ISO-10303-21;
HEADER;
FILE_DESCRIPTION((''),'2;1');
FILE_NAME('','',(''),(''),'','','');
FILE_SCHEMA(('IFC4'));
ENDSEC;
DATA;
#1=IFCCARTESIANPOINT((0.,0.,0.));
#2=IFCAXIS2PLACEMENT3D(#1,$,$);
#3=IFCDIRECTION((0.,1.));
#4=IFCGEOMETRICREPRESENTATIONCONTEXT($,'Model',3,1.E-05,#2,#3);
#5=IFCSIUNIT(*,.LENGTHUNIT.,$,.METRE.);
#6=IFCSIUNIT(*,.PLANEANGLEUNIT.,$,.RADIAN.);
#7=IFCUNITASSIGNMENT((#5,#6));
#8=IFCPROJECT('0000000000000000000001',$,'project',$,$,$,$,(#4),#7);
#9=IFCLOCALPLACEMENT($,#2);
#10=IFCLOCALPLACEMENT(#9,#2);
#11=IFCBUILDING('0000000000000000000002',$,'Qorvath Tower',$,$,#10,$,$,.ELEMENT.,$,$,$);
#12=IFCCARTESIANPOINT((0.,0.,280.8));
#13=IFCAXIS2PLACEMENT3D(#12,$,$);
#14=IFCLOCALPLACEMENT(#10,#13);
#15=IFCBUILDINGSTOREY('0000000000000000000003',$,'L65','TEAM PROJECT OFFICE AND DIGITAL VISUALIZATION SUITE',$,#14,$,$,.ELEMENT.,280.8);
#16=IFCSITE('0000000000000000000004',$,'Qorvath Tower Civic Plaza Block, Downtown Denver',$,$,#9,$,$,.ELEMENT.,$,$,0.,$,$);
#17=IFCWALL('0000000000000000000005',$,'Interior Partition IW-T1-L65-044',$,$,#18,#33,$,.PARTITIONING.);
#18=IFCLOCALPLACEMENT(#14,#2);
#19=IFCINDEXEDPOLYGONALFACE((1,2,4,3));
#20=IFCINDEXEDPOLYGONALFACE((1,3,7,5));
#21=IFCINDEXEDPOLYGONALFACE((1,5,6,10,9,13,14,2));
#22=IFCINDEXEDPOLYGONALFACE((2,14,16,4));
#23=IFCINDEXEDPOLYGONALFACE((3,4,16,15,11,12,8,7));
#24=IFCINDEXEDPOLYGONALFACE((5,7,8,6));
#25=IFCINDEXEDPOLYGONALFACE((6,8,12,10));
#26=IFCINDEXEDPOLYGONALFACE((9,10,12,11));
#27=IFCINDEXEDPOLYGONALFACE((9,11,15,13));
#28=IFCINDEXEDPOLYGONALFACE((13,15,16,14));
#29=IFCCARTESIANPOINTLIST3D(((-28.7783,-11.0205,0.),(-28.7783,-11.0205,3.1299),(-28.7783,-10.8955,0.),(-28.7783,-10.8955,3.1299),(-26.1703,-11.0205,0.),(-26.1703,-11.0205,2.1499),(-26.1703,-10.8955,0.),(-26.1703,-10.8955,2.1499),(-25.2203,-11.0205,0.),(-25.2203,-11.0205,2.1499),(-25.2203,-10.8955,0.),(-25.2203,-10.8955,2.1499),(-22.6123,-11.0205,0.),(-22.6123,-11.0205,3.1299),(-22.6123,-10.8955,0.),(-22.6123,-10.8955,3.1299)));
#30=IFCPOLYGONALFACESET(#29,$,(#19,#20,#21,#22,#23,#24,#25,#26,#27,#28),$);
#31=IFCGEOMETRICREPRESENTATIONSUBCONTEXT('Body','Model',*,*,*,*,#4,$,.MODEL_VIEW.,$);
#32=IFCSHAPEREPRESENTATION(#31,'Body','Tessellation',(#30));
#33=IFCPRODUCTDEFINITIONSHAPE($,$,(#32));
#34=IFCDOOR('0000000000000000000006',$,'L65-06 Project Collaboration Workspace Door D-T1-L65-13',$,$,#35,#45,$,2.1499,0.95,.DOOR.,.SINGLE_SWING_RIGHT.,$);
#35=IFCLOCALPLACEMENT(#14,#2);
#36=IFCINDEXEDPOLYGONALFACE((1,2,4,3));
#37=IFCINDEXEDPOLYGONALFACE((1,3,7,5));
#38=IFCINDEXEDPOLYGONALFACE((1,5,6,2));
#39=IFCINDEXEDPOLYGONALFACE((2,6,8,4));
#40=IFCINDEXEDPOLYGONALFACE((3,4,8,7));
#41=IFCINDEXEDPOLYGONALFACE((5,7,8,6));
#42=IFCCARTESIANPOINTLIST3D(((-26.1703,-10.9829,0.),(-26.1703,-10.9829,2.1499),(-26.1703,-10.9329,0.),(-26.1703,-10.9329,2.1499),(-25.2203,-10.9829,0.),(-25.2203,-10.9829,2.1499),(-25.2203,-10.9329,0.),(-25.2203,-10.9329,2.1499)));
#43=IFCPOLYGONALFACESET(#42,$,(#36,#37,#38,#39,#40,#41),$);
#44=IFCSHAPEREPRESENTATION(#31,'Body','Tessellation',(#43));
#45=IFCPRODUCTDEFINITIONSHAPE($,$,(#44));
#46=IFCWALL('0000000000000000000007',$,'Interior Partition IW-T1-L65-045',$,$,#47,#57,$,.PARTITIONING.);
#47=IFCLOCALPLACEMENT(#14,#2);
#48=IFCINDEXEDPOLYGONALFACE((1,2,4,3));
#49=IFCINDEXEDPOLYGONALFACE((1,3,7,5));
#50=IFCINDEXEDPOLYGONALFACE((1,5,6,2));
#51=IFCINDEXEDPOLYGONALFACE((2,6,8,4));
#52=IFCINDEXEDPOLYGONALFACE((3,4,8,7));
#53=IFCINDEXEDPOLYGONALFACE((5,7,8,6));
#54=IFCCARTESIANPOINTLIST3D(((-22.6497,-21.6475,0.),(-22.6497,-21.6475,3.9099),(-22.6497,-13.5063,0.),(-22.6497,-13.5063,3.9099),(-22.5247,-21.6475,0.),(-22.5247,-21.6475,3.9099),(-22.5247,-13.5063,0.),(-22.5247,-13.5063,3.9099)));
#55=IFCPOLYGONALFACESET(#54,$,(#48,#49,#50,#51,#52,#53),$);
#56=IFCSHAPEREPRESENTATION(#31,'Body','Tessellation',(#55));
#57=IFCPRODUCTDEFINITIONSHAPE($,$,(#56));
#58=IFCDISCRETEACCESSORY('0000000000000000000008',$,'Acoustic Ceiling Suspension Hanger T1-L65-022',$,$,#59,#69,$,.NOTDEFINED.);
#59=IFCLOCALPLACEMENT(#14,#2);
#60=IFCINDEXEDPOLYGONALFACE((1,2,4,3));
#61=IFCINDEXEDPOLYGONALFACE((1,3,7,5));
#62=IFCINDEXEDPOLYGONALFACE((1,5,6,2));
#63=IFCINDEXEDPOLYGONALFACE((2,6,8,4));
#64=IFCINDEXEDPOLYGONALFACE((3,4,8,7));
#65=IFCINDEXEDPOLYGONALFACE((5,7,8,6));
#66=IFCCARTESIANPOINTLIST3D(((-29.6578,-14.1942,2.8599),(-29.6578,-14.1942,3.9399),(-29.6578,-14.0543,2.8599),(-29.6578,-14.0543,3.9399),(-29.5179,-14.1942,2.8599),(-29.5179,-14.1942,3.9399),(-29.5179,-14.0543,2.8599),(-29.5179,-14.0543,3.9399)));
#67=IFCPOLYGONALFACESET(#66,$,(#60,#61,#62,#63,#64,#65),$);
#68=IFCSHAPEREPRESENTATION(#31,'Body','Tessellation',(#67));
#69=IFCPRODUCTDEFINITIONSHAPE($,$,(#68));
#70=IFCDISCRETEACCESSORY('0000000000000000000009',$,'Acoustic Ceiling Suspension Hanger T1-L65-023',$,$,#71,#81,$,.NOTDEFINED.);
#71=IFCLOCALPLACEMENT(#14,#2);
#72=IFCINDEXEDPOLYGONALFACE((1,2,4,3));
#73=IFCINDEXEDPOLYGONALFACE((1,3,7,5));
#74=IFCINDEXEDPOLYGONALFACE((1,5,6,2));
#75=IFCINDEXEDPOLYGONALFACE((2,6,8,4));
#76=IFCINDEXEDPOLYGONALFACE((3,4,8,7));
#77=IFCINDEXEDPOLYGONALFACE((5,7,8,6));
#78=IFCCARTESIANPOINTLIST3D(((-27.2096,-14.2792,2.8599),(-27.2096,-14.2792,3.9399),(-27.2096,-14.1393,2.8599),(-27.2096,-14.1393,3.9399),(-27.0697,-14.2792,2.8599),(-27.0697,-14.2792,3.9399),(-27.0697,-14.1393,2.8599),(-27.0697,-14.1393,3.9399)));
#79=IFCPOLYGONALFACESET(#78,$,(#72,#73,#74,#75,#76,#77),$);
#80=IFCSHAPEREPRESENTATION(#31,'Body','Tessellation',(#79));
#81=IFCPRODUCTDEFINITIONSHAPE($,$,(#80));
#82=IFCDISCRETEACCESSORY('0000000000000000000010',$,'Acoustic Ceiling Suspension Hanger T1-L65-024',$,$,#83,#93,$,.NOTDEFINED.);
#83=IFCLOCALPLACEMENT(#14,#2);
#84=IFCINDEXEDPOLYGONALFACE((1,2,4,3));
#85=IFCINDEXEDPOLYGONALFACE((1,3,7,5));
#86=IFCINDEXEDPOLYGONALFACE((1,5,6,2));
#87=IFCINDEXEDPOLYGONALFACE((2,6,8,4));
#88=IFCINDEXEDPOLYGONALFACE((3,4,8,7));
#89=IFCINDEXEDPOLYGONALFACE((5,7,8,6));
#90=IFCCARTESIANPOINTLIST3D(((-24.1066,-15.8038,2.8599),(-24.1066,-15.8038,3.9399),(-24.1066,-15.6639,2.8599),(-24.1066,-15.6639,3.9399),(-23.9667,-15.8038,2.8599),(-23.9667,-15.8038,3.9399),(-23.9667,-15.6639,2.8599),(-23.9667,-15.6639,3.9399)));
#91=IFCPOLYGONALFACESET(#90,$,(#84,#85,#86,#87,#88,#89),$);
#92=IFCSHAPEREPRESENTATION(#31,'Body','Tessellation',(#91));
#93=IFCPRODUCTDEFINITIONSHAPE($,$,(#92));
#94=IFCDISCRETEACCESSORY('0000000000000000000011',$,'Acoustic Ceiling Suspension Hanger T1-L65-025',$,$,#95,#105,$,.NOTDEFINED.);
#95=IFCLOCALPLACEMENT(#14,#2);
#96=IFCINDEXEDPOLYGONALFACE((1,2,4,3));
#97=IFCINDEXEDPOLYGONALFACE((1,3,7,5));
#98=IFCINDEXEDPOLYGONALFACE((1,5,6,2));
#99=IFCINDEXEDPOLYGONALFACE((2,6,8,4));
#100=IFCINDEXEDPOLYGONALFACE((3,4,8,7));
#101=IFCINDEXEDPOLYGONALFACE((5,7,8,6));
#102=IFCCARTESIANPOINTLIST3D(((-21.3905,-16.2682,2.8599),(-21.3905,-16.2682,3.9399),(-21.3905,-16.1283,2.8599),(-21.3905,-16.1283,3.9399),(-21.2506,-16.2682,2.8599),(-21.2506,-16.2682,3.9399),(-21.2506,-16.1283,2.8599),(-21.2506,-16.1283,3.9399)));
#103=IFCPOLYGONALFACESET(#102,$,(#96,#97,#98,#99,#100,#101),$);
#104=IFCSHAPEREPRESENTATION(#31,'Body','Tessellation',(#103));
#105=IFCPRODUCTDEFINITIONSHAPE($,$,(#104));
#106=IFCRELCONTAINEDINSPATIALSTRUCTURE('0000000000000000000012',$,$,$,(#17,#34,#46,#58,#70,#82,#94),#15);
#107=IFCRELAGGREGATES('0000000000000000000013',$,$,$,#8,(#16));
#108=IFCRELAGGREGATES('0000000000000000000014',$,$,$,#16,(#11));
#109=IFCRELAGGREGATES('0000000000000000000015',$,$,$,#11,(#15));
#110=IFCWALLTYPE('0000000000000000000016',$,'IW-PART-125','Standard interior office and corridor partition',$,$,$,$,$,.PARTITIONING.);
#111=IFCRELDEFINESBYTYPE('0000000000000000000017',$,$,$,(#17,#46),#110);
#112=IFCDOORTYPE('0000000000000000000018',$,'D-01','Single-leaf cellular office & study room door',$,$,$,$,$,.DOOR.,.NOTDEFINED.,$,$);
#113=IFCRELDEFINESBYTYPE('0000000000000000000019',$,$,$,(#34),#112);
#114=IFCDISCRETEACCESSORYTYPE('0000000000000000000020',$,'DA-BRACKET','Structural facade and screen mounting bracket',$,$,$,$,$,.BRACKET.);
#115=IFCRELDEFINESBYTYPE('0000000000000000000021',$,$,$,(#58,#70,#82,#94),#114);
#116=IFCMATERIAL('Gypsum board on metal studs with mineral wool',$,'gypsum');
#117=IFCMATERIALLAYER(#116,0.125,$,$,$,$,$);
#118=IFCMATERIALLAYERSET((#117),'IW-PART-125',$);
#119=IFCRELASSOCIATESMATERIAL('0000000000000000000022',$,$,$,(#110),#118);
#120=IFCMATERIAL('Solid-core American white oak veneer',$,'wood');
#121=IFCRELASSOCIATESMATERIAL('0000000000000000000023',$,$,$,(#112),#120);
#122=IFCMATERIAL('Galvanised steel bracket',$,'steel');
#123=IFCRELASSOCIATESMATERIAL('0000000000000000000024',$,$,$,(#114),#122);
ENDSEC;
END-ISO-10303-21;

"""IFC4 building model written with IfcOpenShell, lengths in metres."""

from ifc_helpers import new_model, si_unit, direction, frame, frame_2d, origin, origin_2d, place, context, subcontext, project, spatial, rectangle, extrude, material, layer, layer_set, type_object, element, fill, save


model = new_model("IFC4")

# Units and contexts
model_context = context("Model", 3, precision=1e-05, world=origin(), true_north=direction((0.0, 1.0)))
body_context = subcontext(model_context, "Body", "Model", "MODEL_VIEW")
ifc_project = project(units=[si_unit("LENGTHUNIT", "METRE"), si_unit("PLANEANGLEUNIT", "RADIAN")], contexts=[model_context])

# Site, building, storey
site_placement = place(None, origin())
site = spatial("IfcSite", under=ifc_project, at=site_placement, Name="Qorvath Tower Civic Plaza Block, Downtown Denver", CompositionType="ELEMENT", RefElevation=0.0)
building_placement = place(site_placement, origin())
building = spatial("IfcBuilding", under=site, at=building_placement, Name="Qorvath Tower", CompositionType="ELEMENT")
storey_placement = place(building_placement, frame((0.0, 0.0, 280.8)))
storey = spatial("IfcBuildingStorey", under=building, at=storey_placement, Name="L65", Description="TEAM PROJECT OFFICE AND DIGITAL VISUALIZATION SUITE", CompositionType="ELEMENT", Elevation=280.8)

# Wall, opening, door
ifc_material_1 = material(Name="Gypsum board on metal studs with mineral wool", Category="gypsum")
ifc_layer_1 = layer(ifc_material_1, 0.125)
ifc_layer_set_1 = layer_set([ifc_layer_1], Name="IW-PART-125")
wall_type_1 = type_object("IfcWallType", Name="IW-PART-125", Description="Standard interior office and corridor partition", PredefinedType="PARTITIONING", material=ifc_layer_set_1)
wall_1_placement = place(storey_placement, frame((-22.6123, -10.958, 0.0), z_axis=(0.0, 0.0, 1.0), x_axis=(-1.0, 0.0, 0.0)))
wall_1 = element("IfcWall", 1, at=wall_1_placement, inside=storey, type_object=wall_type_1, Name="Interior Partition IW-T1-L65-044", PredefinedType="PARTITIONING", context=body_context, shape_type="SweptSolid", body=[
    extrude(rectangle(XDim=6.166, YDim=0.125, at=frame_2d((3.083, 0.0))), origin(), (0.0, 0.0, 1.0), 3.1299),
])
opening_1_placement = place(wall_1_placement, frame((2.6079, 0.0, 0.0)))
opening_1 = element("IfcOpeningElement", 2, at=opening_1_placement, cuts=wall_1, PredefinedType="OPENING", context=body_context, shape_type="SweptSolid", body=[
    extrude(rectangle(XDim=0.95, YDim=2.1499, at=frame_2d((0.4751, 1.075))), frame((0.0, 0.0725, 0.0), z_axis=(0.0, -1.0, 0.0), x_axis=(1.0, 0.0, 0.0)), (0.0, 0.0, 1.0), 0.145),
])
ifc_material_2 = material(Name="Solid-core American white oak veneer", Category="wood")
door_type_1 = type_object("IfcDoorType", Name="D-01", Description="Single-leaf cellular office & study room door", OperationType="NOTDEFINED", PredefinedType="DOOR", material=ifc_material_2)
door_1_placement = place(opening_1_placement, origin())
door_1 = element("IfcDoor", 3, at=door_1_placement, inside=storey, type_object=door_type_1, Name="L65-06 Project Collaboration Workspace Door D-T1-L65-13", OperationType="SINGLE_SWING_RIGHT", OverallHeight=2.1499, OverallWidth=0.95, PredefinedType="DOOR", context=body_context, shape_type="SweptSolid", body=[
    extrude(rectangle(XDim=0.95, YDim=2.1499, at=frame_2d((0.4751, 1.075))), frame((0.0, 0.0249, 0.0), z_axis=(0.0, -1.0, 0.0), x_axis=(1.0, 0.0, 0.0)), (0.0, 0.0, 1.0), 0.05),
])
fill(opening_1, door_1)

# Wall
wall_2_placement = place(storey_placement, frame((-22.5872, -21.6475, 0.0), z_axis=(0.0, 0.0, 1.0), x_axis=(0.0, 1.0, 0.0)))
element("IfcWall", 4, at=wall_2_placement, inside=storey, type_object=wall_type_1, Name="Interior Partition IW-T1-L65-045", PredefinedType="PARTITIONING", context=body_context, shape_type="SweptSolid", body=[
    extrude(rectangle(XDim=8.1411, YDim=0.125, at=frame_2d((4.0706, 0.0))), origin(), (0.0, 0.0, 1.0), 3.9099),
])

# Discrete accessories
ifc_material_3 = material(Name="Galvanised steel bracket", Category="steel")
discrete_accessory_type = type_object("IfcDiscreteAccessoryType", Name="DA-BRACKET", Description="Structural facade and screen mounting bracket", PredefinedType="BRACKET", material=ifc_material_3)
for number, where, z_axis, x_axis, name in (
    (5, (-29.5879, -14.1243, 2.8599), (0.0, 0.0, 1.0), (1.0, 0.0, 0.0), "Acoustic Ceiling Suspension Hanger T1-L65-022"),
    (6, (-27.1396, -14.2092, 2.8599), (0.0, 0.0, 1.0), (1.0, 0.0, 0.0), "Acoustic Ceiling Suspension Hanger T1-L65-023"),
    (7, (-24.0366, -15.7339, 2.8599), (0.0, 0.0, 1.0), (1.0, 0.0, 0.0), "Acoustic Ceiling Suspension Hanger T1-L65-024"),
    (8, (-21.3206, -16.1982, 2.8599), (0.0, 0.0, 1.0), (1.0, 0.0, 0.0), "Acoustic Ceiling Suspension Hanger T1-L65-025"),
):
    element("IfcDiscreteAccessory", number, at=place(storey_placement, frame(where, z_axis=z_axis, x_axis=x_axis)), inside=storey, type_object=discrete_accessory_type, Name=name, PredefinedType="NOTDEFINED", context=body_context, shape_type="SweptSolid", body=[
        extrude(rectangle(XDim=0.1399, YDim=0.1399, at=origin_2d()), origin(), (0.0, 0.0, 1.0), 1.0801),
    ])

save(model, "model.ifc")
